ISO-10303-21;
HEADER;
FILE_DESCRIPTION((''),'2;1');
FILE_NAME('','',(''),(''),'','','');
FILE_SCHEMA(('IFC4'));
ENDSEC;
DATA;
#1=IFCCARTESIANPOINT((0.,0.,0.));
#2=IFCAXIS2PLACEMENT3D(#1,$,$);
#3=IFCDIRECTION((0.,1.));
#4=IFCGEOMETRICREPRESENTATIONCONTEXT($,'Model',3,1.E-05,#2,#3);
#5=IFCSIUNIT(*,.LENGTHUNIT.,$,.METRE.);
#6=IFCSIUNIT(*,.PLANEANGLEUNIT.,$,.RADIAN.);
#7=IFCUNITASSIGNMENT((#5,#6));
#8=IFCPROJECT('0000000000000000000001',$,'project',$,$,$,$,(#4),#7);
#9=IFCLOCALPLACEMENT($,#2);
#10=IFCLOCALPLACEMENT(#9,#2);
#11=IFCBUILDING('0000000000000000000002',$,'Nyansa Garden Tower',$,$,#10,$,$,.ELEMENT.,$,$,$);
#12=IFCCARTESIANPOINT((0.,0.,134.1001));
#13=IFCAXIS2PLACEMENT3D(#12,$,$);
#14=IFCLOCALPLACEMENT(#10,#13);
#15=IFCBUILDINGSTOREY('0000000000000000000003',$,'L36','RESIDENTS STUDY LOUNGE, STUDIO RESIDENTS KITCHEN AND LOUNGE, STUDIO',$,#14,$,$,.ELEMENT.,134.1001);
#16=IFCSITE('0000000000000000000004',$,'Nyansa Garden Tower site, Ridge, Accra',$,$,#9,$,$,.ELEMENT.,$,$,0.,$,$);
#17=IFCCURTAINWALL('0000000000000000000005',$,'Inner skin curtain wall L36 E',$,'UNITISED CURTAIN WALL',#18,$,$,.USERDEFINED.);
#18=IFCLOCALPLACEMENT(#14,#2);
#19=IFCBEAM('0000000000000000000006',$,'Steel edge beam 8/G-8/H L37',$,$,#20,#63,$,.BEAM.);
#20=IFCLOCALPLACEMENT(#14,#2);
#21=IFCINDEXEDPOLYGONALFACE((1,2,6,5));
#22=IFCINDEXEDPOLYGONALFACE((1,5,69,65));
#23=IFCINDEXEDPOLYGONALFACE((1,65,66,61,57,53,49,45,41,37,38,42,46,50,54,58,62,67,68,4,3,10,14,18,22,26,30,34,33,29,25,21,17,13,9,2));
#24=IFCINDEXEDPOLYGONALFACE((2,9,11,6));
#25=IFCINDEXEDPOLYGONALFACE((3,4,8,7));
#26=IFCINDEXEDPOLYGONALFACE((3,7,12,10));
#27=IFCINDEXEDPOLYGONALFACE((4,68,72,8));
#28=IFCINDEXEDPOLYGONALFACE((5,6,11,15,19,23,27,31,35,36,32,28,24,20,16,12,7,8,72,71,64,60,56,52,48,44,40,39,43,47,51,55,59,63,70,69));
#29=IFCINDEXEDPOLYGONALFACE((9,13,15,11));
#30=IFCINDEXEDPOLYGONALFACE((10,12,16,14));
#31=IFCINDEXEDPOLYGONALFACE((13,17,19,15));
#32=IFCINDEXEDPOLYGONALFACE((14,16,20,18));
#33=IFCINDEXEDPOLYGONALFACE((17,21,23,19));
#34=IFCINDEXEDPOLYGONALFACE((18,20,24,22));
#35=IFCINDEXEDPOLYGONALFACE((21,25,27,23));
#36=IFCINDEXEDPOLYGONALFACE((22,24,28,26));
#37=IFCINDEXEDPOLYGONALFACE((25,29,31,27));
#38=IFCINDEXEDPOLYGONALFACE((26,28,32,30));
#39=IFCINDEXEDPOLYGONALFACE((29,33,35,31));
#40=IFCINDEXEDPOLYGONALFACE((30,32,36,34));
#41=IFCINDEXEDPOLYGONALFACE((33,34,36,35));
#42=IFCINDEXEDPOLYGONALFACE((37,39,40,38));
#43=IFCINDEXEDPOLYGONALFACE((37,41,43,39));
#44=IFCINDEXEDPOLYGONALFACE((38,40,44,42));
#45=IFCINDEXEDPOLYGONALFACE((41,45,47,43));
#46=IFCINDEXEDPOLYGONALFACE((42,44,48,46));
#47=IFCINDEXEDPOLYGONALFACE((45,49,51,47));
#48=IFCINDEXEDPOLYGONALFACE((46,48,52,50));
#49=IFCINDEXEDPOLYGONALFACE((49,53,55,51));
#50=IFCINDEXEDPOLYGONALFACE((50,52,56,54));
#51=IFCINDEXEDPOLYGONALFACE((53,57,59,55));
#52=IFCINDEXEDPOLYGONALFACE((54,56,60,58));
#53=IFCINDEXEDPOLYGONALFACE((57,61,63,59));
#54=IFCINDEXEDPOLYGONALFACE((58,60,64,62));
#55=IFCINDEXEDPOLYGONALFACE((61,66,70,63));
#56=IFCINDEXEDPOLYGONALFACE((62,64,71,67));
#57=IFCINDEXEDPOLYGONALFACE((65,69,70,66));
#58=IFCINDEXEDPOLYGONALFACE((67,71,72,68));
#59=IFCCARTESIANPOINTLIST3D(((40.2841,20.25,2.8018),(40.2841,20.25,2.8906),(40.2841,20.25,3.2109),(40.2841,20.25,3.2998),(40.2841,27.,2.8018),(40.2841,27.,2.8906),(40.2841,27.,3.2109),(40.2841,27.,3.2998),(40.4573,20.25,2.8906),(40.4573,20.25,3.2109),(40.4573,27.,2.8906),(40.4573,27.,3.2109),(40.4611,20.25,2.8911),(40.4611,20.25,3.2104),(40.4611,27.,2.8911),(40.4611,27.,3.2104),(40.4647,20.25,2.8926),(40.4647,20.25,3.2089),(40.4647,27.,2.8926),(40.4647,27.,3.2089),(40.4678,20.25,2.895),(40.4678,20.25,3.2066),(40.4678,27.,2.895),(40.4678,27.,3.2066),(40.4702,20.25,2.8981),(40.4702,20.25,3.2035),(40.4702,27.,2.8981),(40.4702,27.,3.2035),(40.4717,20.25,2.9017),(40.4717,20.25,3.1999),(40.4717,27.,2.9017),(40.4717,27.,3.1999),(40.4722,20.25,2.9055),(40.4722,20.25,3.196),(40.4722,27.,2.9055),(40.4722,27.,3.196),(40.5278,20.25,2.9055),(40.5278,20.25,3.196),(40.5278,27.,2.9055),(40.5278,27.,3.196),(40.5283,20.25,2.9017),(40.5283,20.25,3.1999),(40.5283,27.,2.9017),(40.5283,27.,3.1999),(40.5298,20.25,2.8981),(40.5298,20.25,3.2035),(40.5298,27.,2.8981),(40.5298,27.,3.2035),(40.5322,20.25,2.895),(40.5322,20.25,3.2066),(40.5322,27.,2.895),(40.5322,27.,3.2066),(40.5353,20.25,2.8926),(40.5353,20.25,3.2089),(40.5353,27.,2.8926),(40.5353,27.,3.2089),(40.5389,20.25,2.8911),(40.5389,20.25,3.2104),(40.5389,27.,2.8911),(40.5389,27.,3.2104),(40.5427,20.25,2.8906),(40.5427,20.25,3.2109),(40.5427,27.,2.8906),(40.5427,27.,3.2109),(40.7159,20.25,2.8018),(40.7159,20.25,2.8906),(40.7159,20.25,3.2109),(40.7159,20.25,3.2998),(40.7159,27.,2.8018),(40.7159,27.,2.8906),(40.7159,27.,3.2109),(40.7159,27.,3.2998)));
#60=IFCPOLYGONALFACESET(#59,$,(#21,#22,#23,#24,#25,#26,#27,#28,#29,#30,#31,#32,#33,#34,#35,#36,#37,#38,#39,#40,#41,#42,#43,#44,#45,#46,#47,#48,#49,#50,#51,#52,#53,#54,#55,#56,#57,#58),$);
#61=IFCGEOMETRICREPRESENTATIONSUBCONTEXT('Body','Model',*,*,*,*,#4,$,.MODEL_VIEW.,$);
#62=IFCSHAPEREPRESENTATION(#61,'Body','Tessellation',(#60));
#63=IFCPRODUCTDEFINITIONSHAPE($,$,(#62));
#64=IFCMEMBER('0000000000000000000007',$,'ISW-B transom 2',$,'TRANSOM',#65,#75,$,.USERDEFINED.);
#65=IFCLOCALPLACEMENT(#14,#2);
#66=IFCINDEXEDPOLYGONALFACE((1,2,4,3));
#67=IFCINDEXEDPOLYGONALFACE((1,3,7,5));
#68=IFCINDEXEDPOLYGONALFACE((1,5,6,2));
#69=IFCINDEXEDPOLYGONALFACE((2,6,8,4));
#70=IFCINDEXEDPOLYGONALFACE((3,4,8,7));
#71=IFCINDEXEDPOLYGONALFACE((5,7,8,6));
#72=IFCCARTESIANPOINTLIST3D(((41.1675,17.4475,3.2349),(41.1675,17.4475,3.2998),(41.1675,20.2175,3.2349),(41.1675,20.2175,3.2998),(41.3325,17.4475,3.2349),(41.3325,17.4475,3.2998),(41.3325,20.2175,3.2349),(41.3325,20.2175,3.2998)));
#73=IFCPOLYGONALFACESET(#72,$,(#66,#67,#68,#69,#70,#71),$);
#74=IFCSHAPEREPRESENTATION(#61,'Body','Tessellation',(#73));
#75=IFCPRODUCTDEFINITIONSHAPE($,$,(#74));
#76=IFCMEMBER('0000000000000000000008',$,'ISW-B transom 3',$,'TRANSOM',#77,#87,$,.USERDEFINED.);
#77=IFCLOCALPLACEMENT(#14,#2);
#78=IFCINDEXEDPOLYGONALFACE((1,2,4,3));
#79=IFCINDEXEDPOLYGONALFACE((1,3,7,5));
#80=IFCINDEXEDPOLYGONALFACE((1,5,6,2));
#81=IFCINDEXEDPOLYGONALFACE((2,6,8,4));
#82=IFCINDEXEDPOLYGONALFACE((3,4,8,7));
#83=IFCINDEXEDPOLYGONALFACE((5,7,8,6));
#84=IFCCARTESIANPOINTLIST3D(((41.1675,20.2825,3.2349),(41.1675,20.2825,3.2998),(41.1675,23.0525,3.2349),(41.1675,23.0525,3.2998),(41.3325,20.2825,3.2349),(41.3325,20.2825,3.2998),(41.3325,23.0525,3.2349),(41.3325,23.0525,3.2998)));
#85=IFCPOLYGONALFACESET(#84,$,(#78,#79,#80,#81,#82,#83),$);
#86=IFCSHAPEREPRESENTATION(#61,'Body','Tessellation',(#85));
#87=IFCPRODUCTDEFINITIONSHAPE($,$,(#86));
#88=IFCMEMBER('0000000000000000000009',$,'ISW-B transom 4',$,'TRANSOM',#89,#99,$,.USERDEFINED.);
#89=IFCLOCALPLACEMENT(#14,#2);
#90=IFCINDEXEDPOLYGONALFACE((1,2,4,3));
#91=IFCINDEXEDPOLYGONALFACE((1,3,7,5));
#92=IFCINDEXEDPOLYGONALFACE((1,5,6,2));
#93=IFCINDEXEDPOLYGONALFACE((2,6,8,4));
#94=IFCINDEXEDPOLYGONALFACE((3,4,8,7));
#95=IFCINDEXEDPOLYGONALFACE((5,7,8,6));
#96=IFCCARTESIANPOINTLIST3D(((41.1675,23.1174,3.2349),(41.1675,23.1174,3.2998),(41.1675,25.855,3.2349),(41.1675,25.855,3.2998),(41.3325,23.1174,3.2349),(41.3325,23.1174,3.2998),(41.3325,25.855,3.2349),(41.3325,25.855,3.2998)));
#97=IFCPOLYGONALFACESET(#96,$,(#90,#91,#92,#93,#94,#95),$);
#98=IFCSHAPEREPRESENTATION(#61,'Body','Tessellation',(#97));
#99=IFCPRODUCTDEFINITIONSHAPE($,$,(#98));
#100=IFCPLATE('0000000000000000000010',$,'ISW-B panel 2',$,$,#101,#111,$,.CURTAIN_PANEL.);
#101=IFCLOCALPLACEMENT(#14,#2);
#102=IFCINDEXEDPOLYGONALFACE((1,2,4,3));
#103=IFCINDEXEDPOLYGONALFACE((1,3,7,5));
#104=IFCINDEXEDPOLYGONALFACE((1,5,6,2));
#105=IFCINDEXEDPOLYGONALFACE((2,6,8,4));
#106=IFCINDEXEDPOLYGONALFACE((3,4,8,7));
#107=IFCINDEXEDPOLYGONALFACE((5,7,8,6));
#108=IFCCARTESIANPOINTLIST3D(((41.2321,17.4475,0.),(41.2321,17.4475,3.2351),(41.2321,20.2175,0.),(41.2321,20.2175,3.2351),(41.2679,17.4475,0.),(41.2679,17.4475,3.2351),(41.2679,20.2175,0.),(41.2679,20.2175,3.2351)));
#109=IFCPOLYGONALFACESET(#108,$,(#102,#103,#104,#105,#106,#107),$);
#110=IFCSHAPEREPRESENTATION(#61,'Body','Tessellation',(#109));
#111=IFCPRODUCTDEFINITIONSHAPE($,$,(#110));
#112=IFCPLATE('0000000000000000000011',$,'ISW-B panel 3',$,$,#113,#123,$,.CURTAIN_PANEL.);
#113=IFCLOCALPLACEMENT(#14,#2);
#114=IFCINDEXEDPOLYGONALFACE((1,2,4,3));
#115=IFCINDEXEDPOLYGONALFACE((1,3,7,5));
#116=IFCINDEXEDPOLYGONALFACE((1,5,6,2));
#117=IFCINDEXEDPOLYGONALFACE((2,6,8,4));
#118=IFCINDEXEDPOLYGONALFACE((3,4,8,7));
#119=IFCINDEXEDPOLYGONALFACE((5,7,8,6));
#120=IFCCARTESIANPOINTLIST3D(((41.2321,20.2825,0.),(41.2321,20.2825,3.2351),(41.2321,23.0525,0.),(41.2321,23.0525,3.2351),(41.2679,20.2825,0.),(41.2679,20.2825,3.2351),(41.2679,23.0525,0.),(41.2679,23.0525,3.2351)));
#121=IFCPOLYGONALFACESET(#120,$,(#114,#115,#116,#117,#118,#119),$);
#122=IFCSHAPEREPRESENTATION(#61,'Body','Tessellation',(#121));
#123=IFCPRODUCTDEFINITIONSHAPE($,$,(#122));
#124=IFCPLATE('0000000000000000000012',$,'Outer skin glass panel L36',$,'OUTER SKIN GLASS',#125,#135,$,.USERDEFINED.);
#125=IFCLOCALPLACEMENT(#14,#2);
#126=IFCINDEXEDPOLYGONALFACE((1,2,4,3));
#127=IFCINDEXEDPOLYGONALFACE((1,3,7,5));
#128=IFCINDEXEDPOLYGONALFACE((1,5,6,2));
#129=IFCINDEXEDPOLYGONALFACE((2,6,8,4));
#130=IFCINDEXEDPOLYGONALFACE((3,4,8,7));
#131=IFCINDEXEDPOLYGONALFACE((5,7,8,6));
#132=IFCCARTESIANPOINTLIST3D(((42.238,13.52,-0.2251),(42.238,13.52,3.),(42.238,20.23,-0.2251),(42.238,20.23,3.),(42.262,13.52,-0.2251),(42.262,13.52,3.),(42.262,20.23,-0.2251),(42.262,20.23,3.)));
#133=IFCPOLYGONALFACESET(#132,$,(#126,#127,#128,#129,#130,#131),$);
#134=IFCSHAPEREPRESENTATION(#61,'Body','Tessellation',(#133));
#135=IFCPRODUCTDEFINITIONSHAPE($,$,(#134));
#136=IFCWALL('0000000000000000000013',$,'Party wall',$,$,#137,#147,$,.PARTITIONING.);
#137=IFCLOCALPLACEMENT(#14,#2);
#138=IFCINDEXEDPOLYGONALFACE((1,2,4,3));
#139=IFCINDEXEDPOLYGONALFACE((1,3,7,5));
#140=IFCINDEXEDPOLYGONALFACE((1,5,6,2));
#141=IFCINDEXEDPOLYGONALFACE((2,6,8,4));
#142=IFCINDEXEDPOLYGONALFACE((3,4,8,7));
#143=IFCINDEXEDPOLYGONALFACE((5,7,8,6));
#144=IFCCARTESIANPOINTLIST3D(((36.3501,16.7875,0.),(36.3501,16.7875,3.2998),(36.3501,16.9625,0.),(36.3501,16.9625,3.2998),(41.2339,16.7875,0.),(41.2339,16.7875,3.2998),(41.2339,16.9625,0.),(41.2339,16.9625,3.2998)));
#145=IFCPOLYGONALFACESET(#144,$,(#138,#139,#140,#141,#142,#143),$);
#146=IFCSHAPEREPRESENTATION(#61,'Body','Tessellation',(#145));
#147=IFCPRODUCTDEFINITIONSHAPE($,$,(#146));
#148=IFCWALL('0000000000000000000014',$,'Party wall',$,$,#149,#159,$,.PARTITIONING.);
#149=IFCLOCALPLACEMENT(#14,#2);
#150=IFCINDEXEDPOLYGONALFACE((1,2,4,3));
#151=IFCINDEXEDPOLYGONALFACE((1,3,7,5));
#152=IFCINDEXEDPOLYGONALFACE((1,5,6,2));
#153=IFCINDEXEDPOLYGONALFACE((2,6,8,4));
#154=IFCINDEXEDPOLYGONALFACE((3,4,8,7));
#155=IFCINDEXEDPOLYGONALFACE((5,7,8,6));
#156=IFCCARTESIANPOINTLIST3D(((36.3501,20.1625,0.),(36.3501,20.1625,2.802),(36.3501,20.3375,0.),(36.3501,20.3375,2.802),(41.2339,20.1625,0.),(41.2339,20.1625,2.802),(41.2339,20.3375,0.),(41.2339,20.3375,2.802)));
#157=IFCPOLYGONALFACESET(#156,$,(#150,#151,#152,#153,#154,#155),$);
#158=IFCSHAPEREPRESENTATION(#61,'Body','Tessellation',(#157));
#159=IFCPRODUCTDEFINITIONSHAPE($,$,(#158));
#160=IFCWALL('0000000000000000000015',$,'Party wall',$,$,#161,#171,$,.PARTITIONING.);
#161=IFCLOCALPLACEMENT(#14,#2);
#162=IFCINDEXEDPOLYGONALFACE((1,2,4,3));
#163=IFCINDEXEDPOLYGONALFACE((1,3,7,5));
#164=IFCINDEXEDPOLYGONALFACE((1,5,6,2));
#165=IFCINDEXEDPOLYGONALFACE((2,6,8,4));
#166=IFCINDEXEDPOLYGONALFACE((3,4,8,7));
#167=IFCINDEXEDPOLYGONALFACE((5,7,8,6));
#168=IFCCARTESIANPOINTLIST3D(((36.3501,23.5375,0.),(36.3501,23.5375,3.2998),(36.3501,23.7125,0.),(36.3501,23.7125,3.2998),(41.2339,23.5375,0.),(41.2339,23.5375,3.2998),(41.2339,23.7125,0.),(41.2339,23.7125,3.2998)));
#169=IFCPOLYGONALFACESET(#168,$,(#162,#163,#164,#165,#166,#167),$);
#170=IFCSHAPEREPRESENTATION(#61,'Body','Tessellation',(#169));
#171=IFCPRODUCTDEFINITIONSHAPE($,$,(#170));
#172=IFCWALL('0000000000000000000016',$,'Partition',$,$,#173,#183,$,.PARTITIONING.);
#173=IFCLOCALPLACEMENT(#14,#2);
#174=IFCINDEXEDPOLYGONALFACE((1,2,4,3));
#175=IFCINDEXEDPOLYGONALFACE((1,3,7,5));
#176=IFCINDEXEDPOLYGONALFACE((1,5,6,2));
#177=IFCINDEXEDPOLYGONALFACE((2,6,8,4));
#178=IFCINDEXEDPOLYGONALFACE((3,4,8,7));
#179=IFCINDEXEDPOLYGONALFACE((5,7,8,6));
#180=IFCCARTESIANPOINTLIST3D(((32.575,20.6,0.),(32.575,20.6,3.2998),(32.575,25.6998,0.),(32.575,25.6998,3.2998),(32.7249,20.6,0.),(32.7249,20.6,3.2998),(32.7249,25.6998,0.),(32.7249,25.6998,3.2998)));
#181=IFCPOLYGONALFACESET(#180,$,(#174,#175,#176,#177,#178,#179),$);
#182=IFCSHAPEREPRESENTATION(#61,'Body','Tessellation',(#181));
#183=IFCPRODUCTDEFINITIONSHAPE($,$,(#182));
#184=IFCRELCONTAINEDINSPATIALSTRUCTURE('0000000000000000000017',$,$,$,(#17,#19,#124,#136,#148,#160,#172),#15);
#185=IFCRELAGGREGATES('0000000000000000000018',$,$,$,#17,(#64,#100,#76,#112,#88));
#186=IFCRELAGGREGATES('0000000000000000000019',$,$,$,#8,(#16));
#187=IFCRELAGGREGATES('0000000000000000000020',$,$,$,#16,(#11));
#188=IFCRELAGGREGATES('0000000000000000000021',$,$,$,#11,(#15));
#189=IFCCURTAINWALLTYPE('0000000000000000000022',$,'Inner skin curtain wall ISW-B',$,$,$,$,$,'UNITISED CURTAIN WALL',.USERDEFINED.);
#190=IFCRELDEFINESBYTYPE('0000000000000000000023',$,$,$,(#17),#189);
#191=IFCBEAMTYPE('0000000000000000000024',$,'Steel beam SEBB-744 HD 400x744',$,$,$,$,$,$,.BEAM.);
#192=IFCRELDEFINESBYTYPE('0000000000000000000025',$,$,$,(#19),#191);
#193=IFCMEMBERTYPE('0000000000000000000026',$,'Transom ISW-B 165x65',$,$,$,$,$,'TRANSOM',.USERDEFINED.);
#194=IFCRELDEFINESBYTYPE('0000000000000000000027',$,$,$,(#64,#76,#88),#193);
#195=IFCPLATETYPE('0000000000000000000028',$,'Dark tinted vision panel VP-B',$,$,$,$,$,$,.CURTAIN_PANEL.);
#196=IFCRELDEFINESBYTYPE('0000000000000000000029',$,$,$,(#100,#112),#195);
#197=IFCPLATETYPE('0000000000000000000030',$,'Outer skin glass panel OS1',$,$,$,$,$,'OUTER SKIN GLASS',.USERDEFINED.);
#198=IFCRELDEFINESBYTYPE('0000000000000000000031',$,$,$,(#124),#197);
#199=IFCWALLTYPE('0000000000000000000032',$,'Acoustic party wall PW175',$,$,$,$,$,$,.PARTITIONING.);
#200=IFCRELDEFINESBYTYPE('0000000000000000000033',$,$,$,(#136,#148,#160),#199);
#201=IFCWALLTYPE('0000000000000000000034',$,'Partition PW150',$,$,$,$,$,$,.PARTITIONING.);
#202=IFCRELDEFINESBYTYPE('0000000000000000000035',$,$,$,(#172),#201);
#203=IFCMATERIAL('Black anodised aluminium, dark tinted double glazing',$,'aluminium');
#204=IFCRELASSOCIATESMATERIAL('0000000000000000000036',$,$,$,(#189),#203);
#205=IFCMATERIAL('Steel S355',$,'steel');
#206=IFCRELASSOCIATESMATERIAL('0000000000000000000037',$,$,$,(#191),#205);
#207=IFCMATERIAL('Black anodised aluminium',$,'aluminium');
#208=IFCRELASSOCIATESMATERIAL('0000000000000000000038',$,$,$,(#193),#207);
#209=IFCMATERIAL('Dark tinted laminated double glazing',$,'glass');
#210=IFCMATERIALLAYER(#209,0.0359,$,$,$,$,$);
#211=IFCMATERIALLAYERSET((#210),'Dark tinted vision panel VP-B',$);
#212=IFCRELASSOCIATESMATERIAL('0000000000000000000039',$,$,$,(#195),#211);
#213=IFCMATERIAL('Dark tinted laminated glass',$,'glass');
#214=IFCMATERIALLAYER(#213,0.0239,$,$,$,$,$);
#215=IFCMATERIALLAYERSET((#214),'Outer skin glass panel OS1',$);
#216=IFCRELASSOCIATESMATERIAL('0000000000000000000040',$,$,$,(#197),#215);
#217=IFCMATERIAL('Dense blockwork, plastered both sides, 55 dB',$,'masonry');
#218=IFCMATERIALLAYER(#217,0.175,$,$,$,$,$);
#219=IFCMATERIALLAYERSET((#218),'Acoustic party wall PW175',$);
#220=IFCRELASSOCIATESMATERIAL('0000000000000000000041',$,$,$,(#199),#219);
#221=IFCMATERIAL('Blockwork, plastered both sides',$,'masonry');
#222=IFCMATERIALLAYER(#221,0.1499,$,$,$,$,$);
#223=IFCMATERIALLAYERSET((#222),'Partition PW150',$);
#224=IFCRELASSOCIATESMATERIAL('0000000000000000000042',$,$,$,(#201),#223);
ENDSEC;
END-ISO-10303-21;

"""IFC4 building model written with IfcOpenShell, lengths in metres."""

from ifc_helpers import new_model, si_unit, direction, frame, frame_2d, origin, origin_2d, place, context, subcontext, project, spatial, rectangle, i_section, extrude, material, layer, layer_set, material_profile, profile_set, type_object, element, aggregate, save


model = new_model("IFC4")

# Units and contexts
model_context = context("Model", 3, precision=1e-05, world=origin(), true_north=direction((0.0, 1.0)))
body_context = subcontext(model_context, "Body", "Model", "MODEL_VIEW")
ifc_project = project(units=[si_unit("LENGTHUNIT", "METRE"), si_unit("PLANEANGLEUNIT", "RADIAN")], contexts=[model_context])

# Site, building, storey
site_placement = place(None, origin())
site = spatial("IfcSite", under=ifc_project, at=site_placement, Name="Nyansa Garden Tower site, Ridge, Accra", CompositionType="ELEMENT", RefElevation=0.0)
building_placement = place(site_placement, origin())
building = spatial("IfcBuilding", under=site, at=building_placement, Name="Nyansa Garden Tower", CompositionType="ELEMENT")
storey_placement = place(building_placement, frame((0.0, 0.0, 134.1001)))
storey = spatial("IfcBuildingStorey", under=building, at=storey_placement, Name="L36", Description="RESIDENTS STUDY LOUNGE, STUDIO RESIDENTS KITCHEN AND LOUNGE, STUDIO", CompositionType="ELEMENT", Elevation=134.1001)

# Curtain wall
ifc_material_1 = material(Name="Black anodised aluminium, dark tinted double glazing", Category="aluminium")
curtain_wall_type = type_object("IfcCurtainWallType", Name="Inner skin curtain wall ISW-B", ElementType="UNITISED CURTAIN WALL", PredefinedType="USERDEFINED", material=ifc_material_1)
curtain_wall_placement = place(storey_placement, origin())
curtain_wall = element("IfcCurtainWall", 1, at=curtain_wall_placement, inside=storey, type_object=curtain_wall_type, Name="Inner skin curtain wall L36 E", ObjectType="UNITISED CURTAIN WALL", PredefinedType="USERDEFINED")

# Beam
ifc_material_2 = material(Name="Steel S355", Category="steel")
ifc_material_profile_1 = material_profile(ifc_material_2, i_section(OverallWidth=0.4319, OverallDepth=0.498, WebThickness=0.0557, FlangeThickness=0.0889, FilletRadius=0.0149, at=origin_2d()), Name="HD 400x744")
ifc_profile_set_1 = profile_set([ifc_material_profile_1], Name="Steel S355")
beam_type_1 = type_object("IfcBeamType", Name="Steel beam SEBB-744 HD 400x744", PredefinedType="BEAM", material=ifc_profile_set_1)
beam_placement = place(storey_placement, frame((40.5, 20.25, 3.0508), z_axis=(0.0, 1.0, 0.0), x_axis=(-1.0, 0.0, 0.0)))
element("IfcBeam", 2, at=beam_placement, inside=storey, type_object=beam_type_1, Name="Steel edge beam 8/G-8/H L37", PredefinedType="BEAM", context=body_context, shape_type="SweptSolid", body=[
    extrude(i_section(OverallWidth=0.4319, OverallDepth=0.498, WebThickness=0.0557, FlangeThickness=0.0889, FilletRadius=0.0149, at=origin_2d()), origin(), (0.0, 0.0, 1.0), 6.75),
])

# Members
ifc_material_3 = material(Name="Black anodised aluminium", Category="aluminium")
ifc_material_profile_2 = material_profile(ifc_material_3, rectangle(XDim=0.165, YDim=0.0649, at=origin_2d()), Name="Transom 165x65")
ifc_profile_set_2 = profile_set([ifc_material_profile_2], Name="Black anodised aluminium")
member_type_1 = type_object("IfcMemberType", Name="Transom ISW-B 165x65", ElementType="TRANSOM", PredefinedType="USERDEFINED", material=ifc_profile_set_2)
member_1_placement = place(storey_placement, frame((41.25, 17.4475, 3.2673), z_axis=(0.0, 1.0, 0.0), x_axis=(-1.0, 0.0, 0.0)))
member_1 = element("IfcMember", 3, at=member_1_placement, type_object=member_type_1, Name="ISW-B transom 2", ObjectType="TRANSOM", PredefinedType="USERDEFINED", context=body_context, shape_type="SweptSolid", body=[
    extrude(rectangle(XDim=0.165, YDim=0.0649, at=origin_2d()), origin(), (0.0, 0.0, 1.0), 2.77),
])
member_2_placement = place(storey_placement, frame((41.25, 20.2825, 3.2673), z_axis=(0.0, 1.0, 0.0), x_axis=(-1.0, 0.0, 0.0)))
member_2 = element("IfcMember", 4, at=member_2_placement, type_object=member_type_1, Name="ISW-B transom 3", ObjectType="TRANSOM", PredefinedType="USERDEFINED", context=body_context, shape_type="SweptSolid", body=[
    extrude(rectangle(XDim=0.165, YDim=0.0649, at=origin_2d()), origin(), (0.0, 0.0, 1.0), 2.77),
])
member_3_placement = place(storey_placement, frame((41.25, 23.1174, 3.2673), z_axis=(0.0, 1.0, 0.0), x_axis=(-1.0, 0.0, 0.0)))
member_3 = element("IfcMember", 5, at=member_3_placement, type_object=member_type_1, Name="ISW-B transom 4", ObjectType="TRANSOM", PredefinedType="USERDEFINED", context=body_context, shape_type="SweptSolid", body=[
    extrude(rectangle(XDim=0.165, YDim=0.0649, at=origin_2d()), origin(), (0.0, 0.0, 1.0), 2.7375),
])

# Plates
ifc_material_4 = material(Name="Dark tinted laminated double glazing", Category="glass")
ifc_layer_1 = layer(ifc_material_4, 0.0359)
ifc_layer_set_1 = layer_set([ifc_layer_1], Name="Dark tinted vision panel VP-B")
plate_type_1 = type_object("IfcPlateType", Name="Dark tinted vision panel VP-B", PredefinedType="CURTAIN_PANEL", material=ifc_layer_set_1)
plate_1_placement = place(storey_placement, frame((41.25, 18.8325, 0.0), z_axis=(0.0, 0.0, 1.0), x_axis=(0.0, 1.0, 0.0)))
plate_1 = element("IfcPlate", 6, at=plate_1_placement, type_object=plate_type_1, Name="ISW-B panel 2", PredefinedType="CURTAIN_PANEL", context=body_context, shape_type="SweptSolid", body=[
    extrude(rectangle(XDim=2.77, YDim=0.0359, at=origin_2d()), origin(), (0.0, 0.0, 1.0), 3.2351),
])
plate_2_placement = place(storey_placement, frame((41.25, 21.6675, 0.0), z_axis=(0.0, 0.0, 1.0), x_axis=(0.0, 1.0, 0.0)))
plate_2 = element("IfcPlate", 7, at=plate_2_placement, type_object=plate_type_1, Name="ISW-B panel 3", PredefinedType="CURTAIN_PANEL", context=body_context, shape_type="SweptSolid", body=[
    extrude(rectangle(XDim=2.77, YDim=0.0359, at=origin_2d()), origin(), (0.0, 0.0, 1.0), 3.2351),
])
aggregate(curtain_wall, [member_1, plate_1, member_2, plate_2, member_3])
ifc_material_5 = material(Name="Dark tinted laminated glass", Category="glass")
ifc_layer_2 = layer(ifc_material_5, 0.0239)
ifc_layer_set_2 = layer_set([ifc_layer_2], Name="Outer skin glass panel OS1")
plate_type_2 = type_object("IfcPlateType", Name="Outer skin glass panel OS1", ElementType="OUTER SKIN GLASS", PredefinedType="USERDEFINED", material=ifc_layer_set_2)
plate_3_placement = place(storey_placement, frame((42.25, 16.875, -0.2251), z_axis=(0.0, 0.0, 1.0), x_axis=(0.0, 1.0, 0.0)))
element("IfcPlate", 8, at=plate_3_placement, inside=storey, type_object=plate_type_2, Name="Outer skin glass panel L36", ObjectType="OUTER SKIN GLASS", PredefinedType="USERDEFINED", context=body_context, shape_type="SweptSolid", body=[
    extrude(rectangle(XDim=6.71, YDim=0.0239, at=origin_2d()), origin(), (0.0, 0.0, 1.0), 3.2251),
])

# Walls
ifc_material_6 = material(Name="Dense blockwork, plastered both sides, 55 dB", Category="masonry")
ifc_layer_3 = layer(ifc_material_6, 0.175)
ifc_layer_set_3 = layer_set([ifc_layer_3], Name="Acoustic party wall PW175")
wall_type_1 = type_object("IfcWallType", Name="Acoustic party wall PW175", PredefinedType="PARTITIONING", material=ifc_layer_set_3)
wall_1_placement = place(storey_placement, frame((36.3501, 16.875, 0.0), z_axis=(0.0, 0.0, 1.0), x_axis=(1.0, 0.0, 0.0)))
element("IfcWall", 9, at=wall_1_placement, inside=storey, type_object=wall_type_1, Name="Party wall", PredefinedType="PARTITIONING", context=body_context, shape_type="SweptSolid", body=[
    extrude(rectangle(XDim=4.8838, YDim=0.175, at=frame_2d((2.4419, 0.0))), origin(), (0.0, 0.0, 1.0), 3.2998),
])
wall_2_placement = place(storey_placement, frame((36.3501, 20.25, 0.0), z_axis=(0.0, 0.0, 1.0), x_axis=(1.0, 0.0, 0.0)))
element("IfcWall", 10, at=wall_2_placement, inside=storey, type_object=wall_type_1, Name="Party wall", PredefinedType="PARTITIONING", context=body_context, shape_type="SweptSolid", body=[
    extrude(rectangle(XDim=4.8838, YDim=0.175, at=frame_2d((2.4419, 0.0))), origin(), (0.0, 0.0, 1.0), 2.802),
])
wall_3_placement = place(storey_placement, frame((36.3501, 23.625, 0.0), z_axis=(0.0, 0.0, 1.0), x_axis=(1.0, 0.0, 0.0)))
element("IfcWall", 11, at=wall_3_placement, inside=storey, type_object=wall_type_1, Name="Party wall", PredefinedType="PARTITIONING", context=body_context, shape_type="SweptSolid", body=[
    extrude(rectangle(XDim=4.8838, YDim=0.175, at=frame_2d((2.4419, 0.0))), origin(), (0.0, 0.0, 1.0), 3.2998),
])
ifc_material_7 = material(Name="Blockwork, plastered both sides", Category="masonry")
ifc_layer_4 = layer(ifc_material_7, 0.1499)
ifc_layer_set_4 = layer_set([ifc_layer_4], Name="Partition PW150")
wall_type_2 = type_object("IfcWallType", Name="Partition PW150", PredefinedType="PARTITIONING", material=ifc_layer_set_4)
wall_4_placement = place(storey_placement, frame((32.6499, 20.6001, 0.0), z_axis=(0.0, 0.0, 1.0), x_axis=(0.0, 1.0, 0.0)))
element("IfcWall", 12, at=wall_4_placement, inside=storey, type_object=wall_type_2, Name="Partition", PredefinedType="PARTITIONING", context=body_context, shape_type="SweptSolid", body=[
    extrude(rectangle(XDim=5.0999, YDim=0.1499, at=frame_2d((2.5498, 0.0))), origin(), (0.0, 0.0, 1.0), 3.2998),
])

save(model, "model.ifc")
